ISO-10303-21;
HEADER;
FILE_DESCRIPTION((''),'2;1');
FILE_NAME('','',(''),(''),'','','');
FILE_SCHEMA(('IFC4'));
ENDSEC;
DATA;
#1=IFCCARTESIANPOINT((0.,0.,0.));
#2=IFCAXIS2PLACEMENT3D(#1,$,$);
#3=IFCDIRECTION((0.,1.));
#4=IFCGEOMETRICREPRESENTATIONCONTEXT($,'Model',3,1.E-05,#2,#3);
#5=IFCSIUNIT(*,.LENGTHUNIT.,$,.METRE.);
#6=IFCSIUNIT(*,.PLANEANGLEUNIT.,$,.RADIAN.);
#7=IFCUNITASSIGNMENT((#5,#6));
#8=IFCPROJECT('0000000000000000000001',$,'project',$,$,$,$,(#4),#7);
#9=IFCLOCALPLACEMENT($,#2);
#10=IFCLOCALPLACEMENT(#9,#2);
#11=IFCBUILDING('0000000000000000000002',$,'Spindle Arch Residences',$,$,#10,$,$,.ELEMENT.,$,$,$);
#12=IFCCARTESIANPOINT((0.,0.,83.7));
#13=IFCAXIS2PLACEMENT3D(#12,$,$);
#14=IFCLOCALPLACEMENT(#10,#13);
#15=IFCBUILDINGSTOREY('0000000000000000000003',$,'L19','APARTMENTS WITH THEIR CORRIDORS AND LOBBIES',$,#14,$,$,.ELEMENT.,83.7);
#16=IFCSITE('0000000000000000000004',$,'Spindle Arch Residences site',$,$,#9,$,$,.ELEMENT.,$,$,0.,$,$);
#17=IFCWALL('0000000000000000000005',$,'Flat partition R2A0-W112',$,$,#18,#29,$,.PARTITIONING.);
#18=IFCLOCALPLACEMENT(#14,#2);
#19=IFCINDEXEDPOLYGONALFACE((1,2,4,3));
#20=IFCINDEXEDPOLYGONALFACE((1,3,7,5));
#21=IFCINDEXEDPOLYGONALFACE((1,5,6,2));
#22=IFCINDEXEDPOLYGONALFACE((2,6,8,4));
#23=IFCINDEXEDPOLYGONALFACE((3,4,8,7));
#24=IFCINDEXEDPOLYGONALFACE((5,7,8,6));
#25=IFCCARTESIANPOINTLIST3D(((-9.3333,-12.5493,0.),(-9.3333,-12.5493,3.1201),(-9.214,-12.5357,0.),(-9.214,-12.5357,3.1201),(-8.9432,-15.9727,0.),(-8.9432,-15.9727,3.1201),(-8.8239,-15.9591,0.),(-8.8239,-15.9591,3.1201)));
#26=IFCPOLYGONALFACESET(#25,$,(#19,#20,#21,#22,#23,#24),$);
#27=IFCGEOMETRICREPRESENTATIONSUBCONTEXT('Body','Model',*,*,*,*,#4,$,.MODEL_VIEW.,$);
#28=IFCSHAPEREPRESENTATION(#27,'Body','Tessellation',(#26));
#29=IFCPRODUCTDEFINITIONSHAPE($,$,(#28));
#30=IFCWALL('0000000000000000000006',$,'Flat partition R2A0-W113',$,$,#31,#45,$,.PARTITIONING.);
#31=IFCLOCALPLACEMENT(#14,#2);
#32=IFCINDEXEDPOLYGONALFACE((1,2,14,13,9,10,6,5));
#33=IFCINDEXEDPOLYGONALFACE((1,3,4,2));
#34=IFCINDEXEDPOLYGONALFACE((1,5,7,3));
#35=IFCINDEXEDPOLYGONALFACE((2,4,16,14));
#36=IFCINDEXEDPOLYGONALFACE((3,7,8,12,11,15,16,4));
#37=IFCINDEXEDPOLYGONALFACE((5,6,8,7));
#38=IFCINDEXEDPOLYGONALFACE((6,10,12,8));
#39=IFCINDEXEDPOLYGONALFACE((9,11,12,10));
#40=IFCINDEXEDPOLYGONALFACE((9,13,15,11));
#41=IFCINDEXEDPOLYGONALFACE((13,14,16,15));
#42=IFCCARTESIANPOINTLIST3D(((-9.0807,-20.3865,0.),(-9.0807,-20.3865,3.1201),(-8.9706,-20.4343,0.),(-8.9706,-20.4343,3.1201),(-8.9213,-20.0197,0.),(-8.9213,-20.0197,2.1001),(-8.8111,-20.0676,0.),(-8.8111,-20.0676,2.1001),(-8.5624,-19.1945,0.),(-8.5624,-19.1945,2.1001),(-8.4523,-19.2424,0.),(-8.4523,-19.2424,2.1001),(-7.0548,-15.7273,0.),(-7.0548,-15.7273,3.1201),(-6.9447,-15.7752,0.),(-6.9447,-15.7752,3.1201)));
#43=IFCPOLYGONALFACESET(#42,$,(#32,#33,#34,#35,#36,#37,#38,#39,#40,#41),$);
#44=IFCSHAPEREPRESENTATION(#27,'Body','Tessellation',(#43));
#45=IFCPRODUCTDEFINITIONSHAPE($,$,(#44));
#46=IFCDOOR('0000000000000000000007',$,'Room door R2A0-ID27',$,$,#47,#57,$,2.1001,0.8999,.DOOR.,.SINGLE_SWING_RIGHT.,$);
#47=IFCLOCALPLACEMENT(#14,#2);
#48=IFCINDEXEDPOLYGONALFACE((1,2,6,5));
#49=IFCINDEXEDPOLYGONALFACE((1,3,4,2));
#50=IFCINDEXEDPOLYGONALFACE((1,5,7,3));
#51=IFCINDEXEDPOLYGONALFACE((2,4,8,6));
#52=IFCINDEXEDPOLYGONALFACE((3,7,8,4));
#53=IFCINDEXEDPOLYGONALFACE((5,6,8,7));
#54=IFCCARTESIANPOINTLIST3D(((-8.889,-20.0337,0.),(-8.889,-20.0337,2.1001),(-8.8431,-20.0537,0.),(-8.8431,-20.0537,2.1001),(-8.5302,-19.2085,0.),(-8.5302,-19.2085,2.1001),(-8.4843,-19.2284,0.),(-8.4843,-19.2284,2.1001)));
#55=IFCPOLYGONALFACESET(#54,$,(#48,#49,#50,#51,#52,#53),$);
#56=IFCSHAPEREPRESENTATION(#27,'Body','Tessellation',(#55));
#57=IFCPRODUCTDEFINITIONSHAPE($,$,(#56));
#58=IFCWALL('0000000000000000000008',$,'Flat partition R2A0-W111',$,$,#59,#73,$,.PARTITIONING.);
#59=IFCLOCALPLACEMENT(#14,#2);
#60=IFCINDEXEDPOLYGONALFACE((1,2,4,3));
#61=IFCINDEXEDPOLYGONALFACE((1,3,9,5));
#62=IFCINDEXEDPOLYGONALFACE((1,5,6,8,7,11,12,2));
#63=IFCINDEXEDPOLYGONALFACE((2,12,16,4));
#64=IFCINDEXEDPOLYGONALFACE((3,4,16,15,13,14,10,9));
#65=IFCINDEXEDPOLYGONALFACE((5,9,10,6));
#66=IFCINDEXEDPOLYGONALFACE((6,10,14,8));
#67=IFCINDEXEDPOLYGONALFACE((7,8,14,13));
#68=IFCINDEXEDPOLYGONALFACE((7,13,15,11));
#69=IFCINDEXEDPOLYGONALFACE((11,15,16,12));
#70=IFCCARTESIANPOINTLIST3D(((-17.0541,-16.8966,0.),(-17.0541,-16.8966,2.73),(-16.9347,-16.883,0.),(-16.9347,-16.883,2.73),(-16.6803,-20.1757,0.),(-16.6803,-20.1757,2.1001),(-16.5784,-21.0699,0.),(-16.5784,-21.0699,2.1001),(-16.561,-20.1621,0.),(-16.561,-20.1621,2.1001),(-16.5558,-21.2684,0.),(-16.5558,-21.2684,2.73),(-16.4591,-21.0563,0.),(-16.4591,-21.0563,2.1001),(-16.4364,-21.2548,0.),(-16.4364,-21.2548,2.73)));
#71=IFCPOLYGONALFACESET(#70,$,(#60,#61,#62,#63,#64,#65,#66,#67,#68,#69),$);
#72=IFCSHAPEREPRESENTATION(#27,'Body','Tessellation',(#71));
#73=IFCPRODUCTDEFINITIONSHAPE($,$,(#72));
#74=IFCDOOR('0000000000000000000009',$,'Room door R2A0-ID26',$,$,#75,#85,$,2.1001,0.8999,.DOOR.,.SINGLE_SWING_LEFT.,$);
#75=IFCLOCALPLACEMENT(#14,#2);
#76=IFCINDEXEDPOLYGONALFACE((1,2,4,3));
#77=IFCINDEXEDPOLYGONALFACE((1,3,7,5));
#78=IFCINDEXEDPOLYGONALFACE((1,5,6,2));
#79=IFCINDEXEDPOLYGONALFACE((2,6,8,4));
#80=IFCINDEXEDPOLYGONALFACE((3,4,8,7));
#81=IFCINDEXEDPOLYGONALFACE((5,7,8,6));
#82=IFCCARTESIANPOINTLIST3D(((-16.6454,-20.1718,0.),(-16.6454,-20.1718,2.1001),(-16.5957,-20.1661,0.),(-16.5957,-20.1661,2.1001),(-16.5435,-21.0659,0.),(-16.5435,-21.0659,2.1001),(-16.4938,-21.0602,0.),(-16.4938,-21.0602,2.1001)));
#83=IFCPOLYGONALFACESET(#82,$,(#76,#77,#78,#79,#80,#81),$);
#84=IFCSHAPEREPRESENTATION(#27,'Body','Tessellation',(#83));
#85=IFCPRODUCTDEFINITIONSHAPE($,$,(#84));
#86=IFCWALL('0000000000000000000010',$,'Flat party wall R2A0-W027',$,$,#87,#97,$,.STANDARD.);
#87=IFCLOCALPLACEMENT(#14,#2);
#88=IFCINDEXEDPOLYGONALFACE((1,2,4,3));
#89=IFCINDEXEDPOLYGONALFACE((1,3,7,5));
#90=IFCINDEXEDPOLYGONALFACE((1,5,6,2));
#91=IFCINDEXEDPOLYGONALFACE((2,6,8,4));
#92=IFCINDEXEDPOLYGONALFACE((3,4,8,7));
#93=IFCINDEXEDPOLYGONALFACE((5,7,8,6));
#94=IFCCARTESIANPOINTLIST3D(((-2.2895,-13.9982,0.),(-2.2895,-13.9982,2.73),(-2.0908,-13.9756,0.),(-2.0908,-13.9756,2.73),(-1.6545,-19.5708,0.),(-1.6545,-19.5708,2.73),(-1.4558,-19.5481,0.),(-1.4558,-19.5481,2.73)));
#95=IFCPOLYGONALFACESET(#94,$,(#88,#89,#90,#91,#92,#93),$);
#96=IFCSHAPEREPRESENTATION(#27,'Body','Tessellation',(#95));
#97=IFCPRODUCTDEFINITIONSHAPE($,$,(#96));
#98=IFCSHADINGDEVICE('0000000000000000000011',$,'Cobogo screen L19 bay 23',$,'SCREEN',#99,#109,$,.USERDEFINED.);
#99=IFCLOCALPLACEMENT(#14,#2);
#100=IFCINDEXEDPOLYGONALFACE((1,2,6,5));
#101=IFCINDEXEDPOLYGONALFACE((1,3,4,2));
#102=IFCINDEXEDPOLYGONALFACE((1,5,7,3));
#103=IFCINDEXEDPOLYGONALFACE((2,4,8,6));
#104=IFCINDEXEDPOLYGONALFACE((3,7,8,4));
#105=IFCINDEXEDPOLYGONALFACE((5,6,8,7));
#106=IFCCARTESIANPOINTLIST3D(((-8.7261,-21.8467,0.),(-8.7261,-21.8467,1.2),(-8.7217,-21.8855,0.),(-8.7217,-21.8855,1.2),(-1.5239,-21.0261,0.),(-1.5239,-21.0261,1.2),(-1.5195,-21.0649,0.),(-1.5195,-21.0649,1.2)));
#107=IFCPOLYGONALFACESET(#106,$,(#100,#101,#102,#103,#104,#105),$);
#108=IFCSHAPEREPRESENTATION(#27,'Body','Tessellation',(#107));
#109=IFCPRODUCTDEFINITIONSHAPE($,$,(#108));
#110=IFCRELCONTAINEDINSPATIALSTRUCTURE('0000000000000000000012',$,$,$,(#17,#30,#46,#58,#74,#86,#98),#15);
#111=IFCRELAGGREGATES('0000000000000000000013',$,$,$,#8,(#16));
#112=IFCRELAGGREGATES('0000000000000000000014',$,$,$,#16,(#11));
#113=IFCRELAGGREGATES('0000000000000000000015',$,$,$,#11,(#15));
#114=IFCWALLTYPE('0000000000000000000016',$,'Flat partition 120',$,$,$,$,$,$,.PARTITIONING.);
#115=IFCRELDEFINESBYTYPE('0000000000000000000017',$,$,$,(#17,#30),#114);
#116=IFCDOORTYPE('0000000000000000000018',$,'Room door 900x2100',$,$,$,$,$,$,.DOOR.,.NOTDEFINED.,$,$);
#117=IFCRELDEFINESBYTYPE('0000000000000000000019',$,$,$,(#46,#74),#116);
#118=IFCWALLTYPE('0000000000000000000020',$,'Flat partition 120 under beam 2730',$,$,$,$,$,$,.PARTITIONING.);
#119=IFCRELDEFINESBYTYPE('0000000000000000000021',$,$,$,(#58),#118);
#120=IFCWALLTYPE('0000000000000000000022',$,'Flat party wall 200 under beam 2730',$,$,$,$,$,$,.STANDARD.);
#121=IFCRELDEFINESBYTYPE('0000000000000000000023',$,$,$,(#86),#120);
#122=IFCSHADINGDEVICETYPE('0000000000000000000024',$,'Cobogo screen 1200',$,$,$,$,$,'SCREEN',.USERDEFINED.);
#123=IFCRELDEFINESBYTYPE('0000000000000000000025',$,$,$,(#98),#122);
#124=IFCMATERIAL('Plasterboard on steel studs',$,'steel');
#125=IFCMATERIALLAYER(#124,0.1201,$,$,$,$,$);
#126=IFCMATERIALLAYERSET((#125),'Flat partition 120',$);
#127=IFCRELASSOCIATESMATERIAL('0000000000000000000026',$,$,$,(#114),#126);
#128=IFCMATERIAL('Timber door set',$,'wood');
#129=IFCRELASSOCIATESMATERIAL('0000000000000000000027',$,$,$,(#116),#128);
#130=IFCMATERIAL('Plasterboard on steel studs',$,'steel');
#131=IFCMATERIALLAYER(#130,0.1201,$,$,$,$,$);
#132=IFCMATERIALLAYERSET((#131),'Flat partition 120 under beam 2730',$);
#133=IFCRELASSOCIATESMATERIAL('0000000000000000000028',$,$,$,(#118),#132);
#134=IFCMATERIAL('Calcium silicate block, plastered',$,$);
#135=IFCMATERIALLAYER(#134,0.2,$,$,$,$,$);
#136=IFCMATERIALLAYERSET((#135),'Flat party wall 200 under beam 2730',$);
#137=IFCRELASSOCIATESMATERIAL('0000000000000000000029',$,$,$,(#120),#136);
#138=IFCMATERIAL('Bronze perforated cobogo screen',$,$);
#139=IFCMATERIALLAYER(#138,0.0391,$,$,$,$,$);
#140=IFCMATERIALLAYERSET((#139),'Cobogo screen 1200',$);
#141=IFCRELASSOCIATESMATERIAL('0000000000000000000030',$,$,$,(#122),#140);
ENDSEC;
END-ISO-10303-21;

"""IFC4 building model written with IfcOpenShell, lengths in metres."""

from ifc_helpers import new_model, si_unit, direction, frame, frame_2d, origin, origin_2d, place, context, subcontext, project, spatial, rectangle, extrude, material, layer, layer_set, type_object, element, fill, save


model = new_model("IFC4")

# Units and contexts
model_context = context("Model", 3, precision=1e-05, world=origin(), true_north=direction((0.0, 1.0)))
body_context = subcontext(model_context, "Body", "Model", "MODEL_VIEW")
ifc_project = project(units=[si_unit("LENGTHUNIT", "METRE"), si_unit("PLANEANGLEUNIT", "RADIAN")], contexts=[model_context])

# Site, building, storey
site_placement = place(None, origin())
site = spatial("IfcSite", under=ifc_project, at=site_placement, Name="Spindle Arch Residences site", CompositionType="ELEMENT", RefElevation=0.0)
building_placement = place(site_placement, origin())
building = spatial("IfcBuilding", under=site, at=building_placement, Name="Spindle Arch Residences", CompositionType="ELEMENT")
storey_placement = place(building_placement, frame((0.0, 0.0, 83.7)))
storey = spatial("IfcBuildingStorey", under=building, at=storey_placement, Name="L19", Description="APARTMENTS WITH THEIR CORRIDORS AND LOBBIES", CompositionType="ELEMENT", Elevation=83.7)

# Shared definitions
ifc_material_1 = material(Name="Plasterboard on steel studs", Category="steel")
ifc_layer_1 = layer(ifc_material_1, 0.1201)
ifc_layer_set_1 = layer_set([ifc_layer_1], Name="Flat partition 120")
wall_type_1 = type_object("IfcWallType", Name="Flat partition 120", PredefinedType="PARTITIONING", material=ifc_layer_set_1)
ifc_material_2 = material(Name="Timber door set", Category="wood")
door_type_1 = type_object("IfcDoorType", Name="Room door 900x2100", OperationType="NOTDEFINED", PredefinedType="DOOR", material=ifc_material_2)

# Wall
wall_1_placement = place(storey_placement, frame((-8.8835, -15.9658, 0.0), z_axis=(0.0, 0.0, 1.0), x_axis=(-0.113231, 0.993569, 0.0)))
element("IfcWall", 1, at=wall_1_placement, inside=storey, type_object=wall_type_1, Name="Flat partition R2A0-W112", PredefinedType="PARTITIONING", context=body_context, shape_type="SweptSolid", body=[
    extrude(rectangle(XDim=3.4456, YDim=0.1201, at=frame_2d((1.7227, 0.0))), origin(), (0.0, 0.0, 1.0), 3.1201),
])

# Walls, openings, doors
wall_2_placement = place(storey_placement, frame((-9.0256, -20.4104, 0.0), z_axis=(0.0, 0.0, 1.0), x_axis=(0.398751, 0.917059, 0.0)))
wall_2 = element("IfcWall", 2, at=wall_2_placement, inside=storey, type_object=wall_type_1, Name="Flat partition R2A0-W113", PredefinedType="PARTITIONING", context=body_context, shape_type="SweptSolid", body=[
    extrude(rectangle(XDim=5.0806, YDim=0.1201, at=frame_2d((2.5403, 0.0))), origin(), (0.0, 0.0, 1.0), 3.1201),
])
opening_1_placement = place(wall_2_placement, frame((0.3999, 0.0, 0.0)))
opening_1 = element("IfcOpeningElement", 3, at=opening_1_placement, cuts=wall_2, PredefinedType="OPENING", context=body_context, shape_type="SweptSolid", body=[
    extrude(rectangle(XDim=0.8999, YDim=2.1001, at=frame_2d((0.45, 1.05))), frame((0.0, 0.0701, 0.0), z_axis=(0.0, -1.0, 0.0), x_axis=(1.0, 0.0, 0.0)), (0.0, 0.0, 1.0), 0.1401),
])
door_1_placement = place(opening_1_placement, origin())
door_1 = element("IfcDoor", 4, at=door_1_placement, inside=storey, type_object=door_type_1, Name="Room door R2A0-ID27", OperationType="SINGLE_SWING_RIGHT", OverallHeight=2.1001, OverallWidth=0.8999, PredefinedType="DOOR", context=body_context, shape_type="SweptSolid", body=[
    extrude(rectangle(XDim=0.8999, YDim=2.1001, at=frame_2d((0.45, 1.05))), frame((0.0, 0.0249, 0.0), z_axis=(0.0, -1.0, 0.0), x_axis=(1.0, 0.0, 0.0)), (0.0, 0.0, 1.0), 0.05),
])
fill(opening_1, door_1)
ifc_material_3 = material(Name="Plasterboard on steel studs", Category="steel")
ifc_layer_2 = layer(ifc_material_3, 0.1201)
ifc_layer_set_2 = layer_set([ifc_layer_2], Name="Flat partition 120 under beam 2730")
wall_type_2 = type_object("IfcWallType", Name="Flat partition 120 under beam 2730", PredefinedType="PARTITIONING", material=ifc_layer_set_2)
wall_3_placement = place(storey_placement, frame((-16.4961, -21.2617, 0.0), z_axis=(0.0, 0.0, 1.0), x_axis=(-0.113245, 0.993567, 0.0)))
wall_3 = element("IfcWall", 5, at=wall_3_placement, inside=storey, type_object=wall_type_2, Name="Flat partition R2A0-W111", PredefinedType="PARTITIONING", context=body_context, shape_type="SweptSolid", body=[
    extrude(rectangle(XDim=4.4001, YDim=0.1201, at=frame_2d((2.2002, 0.0))), origin(), (0.0, 0.0, 1.0), 2.73),
])
opening_2_placement = place(wall_3_placement, frame((0.2, 0.0, 0.0)))
opening_2 = element("IfcOpeningElement", 6, at=opening_2_placement, cuts=wall_3, PredefinedType="OPENING", context=body_context, shape_type="SweptSolid", body=[
    extrude(rectangle(XDim=0.8999, YDim=2.1001, at=frame_2d((0.45, 1.05))), frame((0.0, 0.0701, 0.0), z_axis=(0.0, -1.0, 0.0), x_axis=(1.0, 0.0, 0.0)), (0.0, 0.0, 1.0), 0.1401),
])
door_2_placement = place(opening_2_placement, origin())
door_2 = element("IfcDoor", 7, at=door_2_placement, inside=storey, type_object=door_type_1, Name="Room door R2A0-ID26", OperationType="SINGLE_SWING_LEFT", OverallHeight=2.1001, OverallWidth=0.8999, PredefinedType="DOOR", context=body_context, shape_type="SweptSolid", body=[
    extrude(rectangle(XDim=0.8999, YDim=2.1001, at=frame_2d((0.45, 1.05))), frame((0.0, 0.0249, 0.0), z_axis=(0.0, -1.0, 0.0), x_axis=(1.0, 0.0, 0.0)), (0.0, 0.0, 1.0), 0.05),
])
fill(opening_2, door_2)

# Wall
ifc_material_4 = material(Name="Calcium silicate block, plastered")
ifc_layer_3 = layer(ifc_material_4, 0.2)
ifc_layer_set_3 = layer_set([ifc_layer_3], Name="Flat party wall 200 under beam 2730")
wall_type_3 = type_object("IfcWallType", Name="Flat party wall 200 under beam 2730", PredefinedType="STANDARD", material=ifc_layer_set_3)
wall_4_placement = place(storey_placement, frame((-1.5552, -19.5593, 0.0), z_axis=(0.0, 0.0, 1.0), x_axis=(-0.113221, 0.99357, 0.0)))
element("IfcWall", 8, at=wall_4_placement, inside=storey, type_object=wall_type_3, Name="Flat party wall R2A0-W027", PredefinedType="STANDARD", context=body_context, shape_type="SweptSolid", body=[
    extrude(rectangle(XDim=5.6086, YDim=0.2, at=frame_2d((2.8042, 0.0))), origin(), (0.0, 0.0, 1.0), 2.73),
])

# Shading device
ifc_material_5 = material(Name="Bronze perforated cobogo screen")
ifc_layer_4 = layer(ifc_material_5, 0.0391)
ifc_layer_set_4 = layer_set([ifc_layer_4], Name="Cobogo screen 1200")
shading_device_type = type_object("IfcShadingDeviceType", Name="Cobogo screen 1200", ElementType="SCREEN", PredefinedType="USERDEFINED", material=ifc_layer_set_4)
shading_device_placement = place(storey_placement, frame((-5.1228, -21.4558, 0.0), z_axis=(0.0, 0.0, 1.0), x_axis=(0.993572, 0.113203, 0.0)))
element("IfcShadingDevice", 9, at=shading_device_placement, inside=storey, type_object=shading_device_type, Name="Cobogo screen L19 bay 23", ObjectType="SCREEN", PredefinedType="USERDEFINED", context=body_context, shape_type="SweptSolid", body=[
    extrude(rectangle(XDim=7.2488, YDim=0.0391, at=origin_2d()), origin(), (0.0, 0.0, 1.0), 1.2),
])

save(model, "model.ifc")
